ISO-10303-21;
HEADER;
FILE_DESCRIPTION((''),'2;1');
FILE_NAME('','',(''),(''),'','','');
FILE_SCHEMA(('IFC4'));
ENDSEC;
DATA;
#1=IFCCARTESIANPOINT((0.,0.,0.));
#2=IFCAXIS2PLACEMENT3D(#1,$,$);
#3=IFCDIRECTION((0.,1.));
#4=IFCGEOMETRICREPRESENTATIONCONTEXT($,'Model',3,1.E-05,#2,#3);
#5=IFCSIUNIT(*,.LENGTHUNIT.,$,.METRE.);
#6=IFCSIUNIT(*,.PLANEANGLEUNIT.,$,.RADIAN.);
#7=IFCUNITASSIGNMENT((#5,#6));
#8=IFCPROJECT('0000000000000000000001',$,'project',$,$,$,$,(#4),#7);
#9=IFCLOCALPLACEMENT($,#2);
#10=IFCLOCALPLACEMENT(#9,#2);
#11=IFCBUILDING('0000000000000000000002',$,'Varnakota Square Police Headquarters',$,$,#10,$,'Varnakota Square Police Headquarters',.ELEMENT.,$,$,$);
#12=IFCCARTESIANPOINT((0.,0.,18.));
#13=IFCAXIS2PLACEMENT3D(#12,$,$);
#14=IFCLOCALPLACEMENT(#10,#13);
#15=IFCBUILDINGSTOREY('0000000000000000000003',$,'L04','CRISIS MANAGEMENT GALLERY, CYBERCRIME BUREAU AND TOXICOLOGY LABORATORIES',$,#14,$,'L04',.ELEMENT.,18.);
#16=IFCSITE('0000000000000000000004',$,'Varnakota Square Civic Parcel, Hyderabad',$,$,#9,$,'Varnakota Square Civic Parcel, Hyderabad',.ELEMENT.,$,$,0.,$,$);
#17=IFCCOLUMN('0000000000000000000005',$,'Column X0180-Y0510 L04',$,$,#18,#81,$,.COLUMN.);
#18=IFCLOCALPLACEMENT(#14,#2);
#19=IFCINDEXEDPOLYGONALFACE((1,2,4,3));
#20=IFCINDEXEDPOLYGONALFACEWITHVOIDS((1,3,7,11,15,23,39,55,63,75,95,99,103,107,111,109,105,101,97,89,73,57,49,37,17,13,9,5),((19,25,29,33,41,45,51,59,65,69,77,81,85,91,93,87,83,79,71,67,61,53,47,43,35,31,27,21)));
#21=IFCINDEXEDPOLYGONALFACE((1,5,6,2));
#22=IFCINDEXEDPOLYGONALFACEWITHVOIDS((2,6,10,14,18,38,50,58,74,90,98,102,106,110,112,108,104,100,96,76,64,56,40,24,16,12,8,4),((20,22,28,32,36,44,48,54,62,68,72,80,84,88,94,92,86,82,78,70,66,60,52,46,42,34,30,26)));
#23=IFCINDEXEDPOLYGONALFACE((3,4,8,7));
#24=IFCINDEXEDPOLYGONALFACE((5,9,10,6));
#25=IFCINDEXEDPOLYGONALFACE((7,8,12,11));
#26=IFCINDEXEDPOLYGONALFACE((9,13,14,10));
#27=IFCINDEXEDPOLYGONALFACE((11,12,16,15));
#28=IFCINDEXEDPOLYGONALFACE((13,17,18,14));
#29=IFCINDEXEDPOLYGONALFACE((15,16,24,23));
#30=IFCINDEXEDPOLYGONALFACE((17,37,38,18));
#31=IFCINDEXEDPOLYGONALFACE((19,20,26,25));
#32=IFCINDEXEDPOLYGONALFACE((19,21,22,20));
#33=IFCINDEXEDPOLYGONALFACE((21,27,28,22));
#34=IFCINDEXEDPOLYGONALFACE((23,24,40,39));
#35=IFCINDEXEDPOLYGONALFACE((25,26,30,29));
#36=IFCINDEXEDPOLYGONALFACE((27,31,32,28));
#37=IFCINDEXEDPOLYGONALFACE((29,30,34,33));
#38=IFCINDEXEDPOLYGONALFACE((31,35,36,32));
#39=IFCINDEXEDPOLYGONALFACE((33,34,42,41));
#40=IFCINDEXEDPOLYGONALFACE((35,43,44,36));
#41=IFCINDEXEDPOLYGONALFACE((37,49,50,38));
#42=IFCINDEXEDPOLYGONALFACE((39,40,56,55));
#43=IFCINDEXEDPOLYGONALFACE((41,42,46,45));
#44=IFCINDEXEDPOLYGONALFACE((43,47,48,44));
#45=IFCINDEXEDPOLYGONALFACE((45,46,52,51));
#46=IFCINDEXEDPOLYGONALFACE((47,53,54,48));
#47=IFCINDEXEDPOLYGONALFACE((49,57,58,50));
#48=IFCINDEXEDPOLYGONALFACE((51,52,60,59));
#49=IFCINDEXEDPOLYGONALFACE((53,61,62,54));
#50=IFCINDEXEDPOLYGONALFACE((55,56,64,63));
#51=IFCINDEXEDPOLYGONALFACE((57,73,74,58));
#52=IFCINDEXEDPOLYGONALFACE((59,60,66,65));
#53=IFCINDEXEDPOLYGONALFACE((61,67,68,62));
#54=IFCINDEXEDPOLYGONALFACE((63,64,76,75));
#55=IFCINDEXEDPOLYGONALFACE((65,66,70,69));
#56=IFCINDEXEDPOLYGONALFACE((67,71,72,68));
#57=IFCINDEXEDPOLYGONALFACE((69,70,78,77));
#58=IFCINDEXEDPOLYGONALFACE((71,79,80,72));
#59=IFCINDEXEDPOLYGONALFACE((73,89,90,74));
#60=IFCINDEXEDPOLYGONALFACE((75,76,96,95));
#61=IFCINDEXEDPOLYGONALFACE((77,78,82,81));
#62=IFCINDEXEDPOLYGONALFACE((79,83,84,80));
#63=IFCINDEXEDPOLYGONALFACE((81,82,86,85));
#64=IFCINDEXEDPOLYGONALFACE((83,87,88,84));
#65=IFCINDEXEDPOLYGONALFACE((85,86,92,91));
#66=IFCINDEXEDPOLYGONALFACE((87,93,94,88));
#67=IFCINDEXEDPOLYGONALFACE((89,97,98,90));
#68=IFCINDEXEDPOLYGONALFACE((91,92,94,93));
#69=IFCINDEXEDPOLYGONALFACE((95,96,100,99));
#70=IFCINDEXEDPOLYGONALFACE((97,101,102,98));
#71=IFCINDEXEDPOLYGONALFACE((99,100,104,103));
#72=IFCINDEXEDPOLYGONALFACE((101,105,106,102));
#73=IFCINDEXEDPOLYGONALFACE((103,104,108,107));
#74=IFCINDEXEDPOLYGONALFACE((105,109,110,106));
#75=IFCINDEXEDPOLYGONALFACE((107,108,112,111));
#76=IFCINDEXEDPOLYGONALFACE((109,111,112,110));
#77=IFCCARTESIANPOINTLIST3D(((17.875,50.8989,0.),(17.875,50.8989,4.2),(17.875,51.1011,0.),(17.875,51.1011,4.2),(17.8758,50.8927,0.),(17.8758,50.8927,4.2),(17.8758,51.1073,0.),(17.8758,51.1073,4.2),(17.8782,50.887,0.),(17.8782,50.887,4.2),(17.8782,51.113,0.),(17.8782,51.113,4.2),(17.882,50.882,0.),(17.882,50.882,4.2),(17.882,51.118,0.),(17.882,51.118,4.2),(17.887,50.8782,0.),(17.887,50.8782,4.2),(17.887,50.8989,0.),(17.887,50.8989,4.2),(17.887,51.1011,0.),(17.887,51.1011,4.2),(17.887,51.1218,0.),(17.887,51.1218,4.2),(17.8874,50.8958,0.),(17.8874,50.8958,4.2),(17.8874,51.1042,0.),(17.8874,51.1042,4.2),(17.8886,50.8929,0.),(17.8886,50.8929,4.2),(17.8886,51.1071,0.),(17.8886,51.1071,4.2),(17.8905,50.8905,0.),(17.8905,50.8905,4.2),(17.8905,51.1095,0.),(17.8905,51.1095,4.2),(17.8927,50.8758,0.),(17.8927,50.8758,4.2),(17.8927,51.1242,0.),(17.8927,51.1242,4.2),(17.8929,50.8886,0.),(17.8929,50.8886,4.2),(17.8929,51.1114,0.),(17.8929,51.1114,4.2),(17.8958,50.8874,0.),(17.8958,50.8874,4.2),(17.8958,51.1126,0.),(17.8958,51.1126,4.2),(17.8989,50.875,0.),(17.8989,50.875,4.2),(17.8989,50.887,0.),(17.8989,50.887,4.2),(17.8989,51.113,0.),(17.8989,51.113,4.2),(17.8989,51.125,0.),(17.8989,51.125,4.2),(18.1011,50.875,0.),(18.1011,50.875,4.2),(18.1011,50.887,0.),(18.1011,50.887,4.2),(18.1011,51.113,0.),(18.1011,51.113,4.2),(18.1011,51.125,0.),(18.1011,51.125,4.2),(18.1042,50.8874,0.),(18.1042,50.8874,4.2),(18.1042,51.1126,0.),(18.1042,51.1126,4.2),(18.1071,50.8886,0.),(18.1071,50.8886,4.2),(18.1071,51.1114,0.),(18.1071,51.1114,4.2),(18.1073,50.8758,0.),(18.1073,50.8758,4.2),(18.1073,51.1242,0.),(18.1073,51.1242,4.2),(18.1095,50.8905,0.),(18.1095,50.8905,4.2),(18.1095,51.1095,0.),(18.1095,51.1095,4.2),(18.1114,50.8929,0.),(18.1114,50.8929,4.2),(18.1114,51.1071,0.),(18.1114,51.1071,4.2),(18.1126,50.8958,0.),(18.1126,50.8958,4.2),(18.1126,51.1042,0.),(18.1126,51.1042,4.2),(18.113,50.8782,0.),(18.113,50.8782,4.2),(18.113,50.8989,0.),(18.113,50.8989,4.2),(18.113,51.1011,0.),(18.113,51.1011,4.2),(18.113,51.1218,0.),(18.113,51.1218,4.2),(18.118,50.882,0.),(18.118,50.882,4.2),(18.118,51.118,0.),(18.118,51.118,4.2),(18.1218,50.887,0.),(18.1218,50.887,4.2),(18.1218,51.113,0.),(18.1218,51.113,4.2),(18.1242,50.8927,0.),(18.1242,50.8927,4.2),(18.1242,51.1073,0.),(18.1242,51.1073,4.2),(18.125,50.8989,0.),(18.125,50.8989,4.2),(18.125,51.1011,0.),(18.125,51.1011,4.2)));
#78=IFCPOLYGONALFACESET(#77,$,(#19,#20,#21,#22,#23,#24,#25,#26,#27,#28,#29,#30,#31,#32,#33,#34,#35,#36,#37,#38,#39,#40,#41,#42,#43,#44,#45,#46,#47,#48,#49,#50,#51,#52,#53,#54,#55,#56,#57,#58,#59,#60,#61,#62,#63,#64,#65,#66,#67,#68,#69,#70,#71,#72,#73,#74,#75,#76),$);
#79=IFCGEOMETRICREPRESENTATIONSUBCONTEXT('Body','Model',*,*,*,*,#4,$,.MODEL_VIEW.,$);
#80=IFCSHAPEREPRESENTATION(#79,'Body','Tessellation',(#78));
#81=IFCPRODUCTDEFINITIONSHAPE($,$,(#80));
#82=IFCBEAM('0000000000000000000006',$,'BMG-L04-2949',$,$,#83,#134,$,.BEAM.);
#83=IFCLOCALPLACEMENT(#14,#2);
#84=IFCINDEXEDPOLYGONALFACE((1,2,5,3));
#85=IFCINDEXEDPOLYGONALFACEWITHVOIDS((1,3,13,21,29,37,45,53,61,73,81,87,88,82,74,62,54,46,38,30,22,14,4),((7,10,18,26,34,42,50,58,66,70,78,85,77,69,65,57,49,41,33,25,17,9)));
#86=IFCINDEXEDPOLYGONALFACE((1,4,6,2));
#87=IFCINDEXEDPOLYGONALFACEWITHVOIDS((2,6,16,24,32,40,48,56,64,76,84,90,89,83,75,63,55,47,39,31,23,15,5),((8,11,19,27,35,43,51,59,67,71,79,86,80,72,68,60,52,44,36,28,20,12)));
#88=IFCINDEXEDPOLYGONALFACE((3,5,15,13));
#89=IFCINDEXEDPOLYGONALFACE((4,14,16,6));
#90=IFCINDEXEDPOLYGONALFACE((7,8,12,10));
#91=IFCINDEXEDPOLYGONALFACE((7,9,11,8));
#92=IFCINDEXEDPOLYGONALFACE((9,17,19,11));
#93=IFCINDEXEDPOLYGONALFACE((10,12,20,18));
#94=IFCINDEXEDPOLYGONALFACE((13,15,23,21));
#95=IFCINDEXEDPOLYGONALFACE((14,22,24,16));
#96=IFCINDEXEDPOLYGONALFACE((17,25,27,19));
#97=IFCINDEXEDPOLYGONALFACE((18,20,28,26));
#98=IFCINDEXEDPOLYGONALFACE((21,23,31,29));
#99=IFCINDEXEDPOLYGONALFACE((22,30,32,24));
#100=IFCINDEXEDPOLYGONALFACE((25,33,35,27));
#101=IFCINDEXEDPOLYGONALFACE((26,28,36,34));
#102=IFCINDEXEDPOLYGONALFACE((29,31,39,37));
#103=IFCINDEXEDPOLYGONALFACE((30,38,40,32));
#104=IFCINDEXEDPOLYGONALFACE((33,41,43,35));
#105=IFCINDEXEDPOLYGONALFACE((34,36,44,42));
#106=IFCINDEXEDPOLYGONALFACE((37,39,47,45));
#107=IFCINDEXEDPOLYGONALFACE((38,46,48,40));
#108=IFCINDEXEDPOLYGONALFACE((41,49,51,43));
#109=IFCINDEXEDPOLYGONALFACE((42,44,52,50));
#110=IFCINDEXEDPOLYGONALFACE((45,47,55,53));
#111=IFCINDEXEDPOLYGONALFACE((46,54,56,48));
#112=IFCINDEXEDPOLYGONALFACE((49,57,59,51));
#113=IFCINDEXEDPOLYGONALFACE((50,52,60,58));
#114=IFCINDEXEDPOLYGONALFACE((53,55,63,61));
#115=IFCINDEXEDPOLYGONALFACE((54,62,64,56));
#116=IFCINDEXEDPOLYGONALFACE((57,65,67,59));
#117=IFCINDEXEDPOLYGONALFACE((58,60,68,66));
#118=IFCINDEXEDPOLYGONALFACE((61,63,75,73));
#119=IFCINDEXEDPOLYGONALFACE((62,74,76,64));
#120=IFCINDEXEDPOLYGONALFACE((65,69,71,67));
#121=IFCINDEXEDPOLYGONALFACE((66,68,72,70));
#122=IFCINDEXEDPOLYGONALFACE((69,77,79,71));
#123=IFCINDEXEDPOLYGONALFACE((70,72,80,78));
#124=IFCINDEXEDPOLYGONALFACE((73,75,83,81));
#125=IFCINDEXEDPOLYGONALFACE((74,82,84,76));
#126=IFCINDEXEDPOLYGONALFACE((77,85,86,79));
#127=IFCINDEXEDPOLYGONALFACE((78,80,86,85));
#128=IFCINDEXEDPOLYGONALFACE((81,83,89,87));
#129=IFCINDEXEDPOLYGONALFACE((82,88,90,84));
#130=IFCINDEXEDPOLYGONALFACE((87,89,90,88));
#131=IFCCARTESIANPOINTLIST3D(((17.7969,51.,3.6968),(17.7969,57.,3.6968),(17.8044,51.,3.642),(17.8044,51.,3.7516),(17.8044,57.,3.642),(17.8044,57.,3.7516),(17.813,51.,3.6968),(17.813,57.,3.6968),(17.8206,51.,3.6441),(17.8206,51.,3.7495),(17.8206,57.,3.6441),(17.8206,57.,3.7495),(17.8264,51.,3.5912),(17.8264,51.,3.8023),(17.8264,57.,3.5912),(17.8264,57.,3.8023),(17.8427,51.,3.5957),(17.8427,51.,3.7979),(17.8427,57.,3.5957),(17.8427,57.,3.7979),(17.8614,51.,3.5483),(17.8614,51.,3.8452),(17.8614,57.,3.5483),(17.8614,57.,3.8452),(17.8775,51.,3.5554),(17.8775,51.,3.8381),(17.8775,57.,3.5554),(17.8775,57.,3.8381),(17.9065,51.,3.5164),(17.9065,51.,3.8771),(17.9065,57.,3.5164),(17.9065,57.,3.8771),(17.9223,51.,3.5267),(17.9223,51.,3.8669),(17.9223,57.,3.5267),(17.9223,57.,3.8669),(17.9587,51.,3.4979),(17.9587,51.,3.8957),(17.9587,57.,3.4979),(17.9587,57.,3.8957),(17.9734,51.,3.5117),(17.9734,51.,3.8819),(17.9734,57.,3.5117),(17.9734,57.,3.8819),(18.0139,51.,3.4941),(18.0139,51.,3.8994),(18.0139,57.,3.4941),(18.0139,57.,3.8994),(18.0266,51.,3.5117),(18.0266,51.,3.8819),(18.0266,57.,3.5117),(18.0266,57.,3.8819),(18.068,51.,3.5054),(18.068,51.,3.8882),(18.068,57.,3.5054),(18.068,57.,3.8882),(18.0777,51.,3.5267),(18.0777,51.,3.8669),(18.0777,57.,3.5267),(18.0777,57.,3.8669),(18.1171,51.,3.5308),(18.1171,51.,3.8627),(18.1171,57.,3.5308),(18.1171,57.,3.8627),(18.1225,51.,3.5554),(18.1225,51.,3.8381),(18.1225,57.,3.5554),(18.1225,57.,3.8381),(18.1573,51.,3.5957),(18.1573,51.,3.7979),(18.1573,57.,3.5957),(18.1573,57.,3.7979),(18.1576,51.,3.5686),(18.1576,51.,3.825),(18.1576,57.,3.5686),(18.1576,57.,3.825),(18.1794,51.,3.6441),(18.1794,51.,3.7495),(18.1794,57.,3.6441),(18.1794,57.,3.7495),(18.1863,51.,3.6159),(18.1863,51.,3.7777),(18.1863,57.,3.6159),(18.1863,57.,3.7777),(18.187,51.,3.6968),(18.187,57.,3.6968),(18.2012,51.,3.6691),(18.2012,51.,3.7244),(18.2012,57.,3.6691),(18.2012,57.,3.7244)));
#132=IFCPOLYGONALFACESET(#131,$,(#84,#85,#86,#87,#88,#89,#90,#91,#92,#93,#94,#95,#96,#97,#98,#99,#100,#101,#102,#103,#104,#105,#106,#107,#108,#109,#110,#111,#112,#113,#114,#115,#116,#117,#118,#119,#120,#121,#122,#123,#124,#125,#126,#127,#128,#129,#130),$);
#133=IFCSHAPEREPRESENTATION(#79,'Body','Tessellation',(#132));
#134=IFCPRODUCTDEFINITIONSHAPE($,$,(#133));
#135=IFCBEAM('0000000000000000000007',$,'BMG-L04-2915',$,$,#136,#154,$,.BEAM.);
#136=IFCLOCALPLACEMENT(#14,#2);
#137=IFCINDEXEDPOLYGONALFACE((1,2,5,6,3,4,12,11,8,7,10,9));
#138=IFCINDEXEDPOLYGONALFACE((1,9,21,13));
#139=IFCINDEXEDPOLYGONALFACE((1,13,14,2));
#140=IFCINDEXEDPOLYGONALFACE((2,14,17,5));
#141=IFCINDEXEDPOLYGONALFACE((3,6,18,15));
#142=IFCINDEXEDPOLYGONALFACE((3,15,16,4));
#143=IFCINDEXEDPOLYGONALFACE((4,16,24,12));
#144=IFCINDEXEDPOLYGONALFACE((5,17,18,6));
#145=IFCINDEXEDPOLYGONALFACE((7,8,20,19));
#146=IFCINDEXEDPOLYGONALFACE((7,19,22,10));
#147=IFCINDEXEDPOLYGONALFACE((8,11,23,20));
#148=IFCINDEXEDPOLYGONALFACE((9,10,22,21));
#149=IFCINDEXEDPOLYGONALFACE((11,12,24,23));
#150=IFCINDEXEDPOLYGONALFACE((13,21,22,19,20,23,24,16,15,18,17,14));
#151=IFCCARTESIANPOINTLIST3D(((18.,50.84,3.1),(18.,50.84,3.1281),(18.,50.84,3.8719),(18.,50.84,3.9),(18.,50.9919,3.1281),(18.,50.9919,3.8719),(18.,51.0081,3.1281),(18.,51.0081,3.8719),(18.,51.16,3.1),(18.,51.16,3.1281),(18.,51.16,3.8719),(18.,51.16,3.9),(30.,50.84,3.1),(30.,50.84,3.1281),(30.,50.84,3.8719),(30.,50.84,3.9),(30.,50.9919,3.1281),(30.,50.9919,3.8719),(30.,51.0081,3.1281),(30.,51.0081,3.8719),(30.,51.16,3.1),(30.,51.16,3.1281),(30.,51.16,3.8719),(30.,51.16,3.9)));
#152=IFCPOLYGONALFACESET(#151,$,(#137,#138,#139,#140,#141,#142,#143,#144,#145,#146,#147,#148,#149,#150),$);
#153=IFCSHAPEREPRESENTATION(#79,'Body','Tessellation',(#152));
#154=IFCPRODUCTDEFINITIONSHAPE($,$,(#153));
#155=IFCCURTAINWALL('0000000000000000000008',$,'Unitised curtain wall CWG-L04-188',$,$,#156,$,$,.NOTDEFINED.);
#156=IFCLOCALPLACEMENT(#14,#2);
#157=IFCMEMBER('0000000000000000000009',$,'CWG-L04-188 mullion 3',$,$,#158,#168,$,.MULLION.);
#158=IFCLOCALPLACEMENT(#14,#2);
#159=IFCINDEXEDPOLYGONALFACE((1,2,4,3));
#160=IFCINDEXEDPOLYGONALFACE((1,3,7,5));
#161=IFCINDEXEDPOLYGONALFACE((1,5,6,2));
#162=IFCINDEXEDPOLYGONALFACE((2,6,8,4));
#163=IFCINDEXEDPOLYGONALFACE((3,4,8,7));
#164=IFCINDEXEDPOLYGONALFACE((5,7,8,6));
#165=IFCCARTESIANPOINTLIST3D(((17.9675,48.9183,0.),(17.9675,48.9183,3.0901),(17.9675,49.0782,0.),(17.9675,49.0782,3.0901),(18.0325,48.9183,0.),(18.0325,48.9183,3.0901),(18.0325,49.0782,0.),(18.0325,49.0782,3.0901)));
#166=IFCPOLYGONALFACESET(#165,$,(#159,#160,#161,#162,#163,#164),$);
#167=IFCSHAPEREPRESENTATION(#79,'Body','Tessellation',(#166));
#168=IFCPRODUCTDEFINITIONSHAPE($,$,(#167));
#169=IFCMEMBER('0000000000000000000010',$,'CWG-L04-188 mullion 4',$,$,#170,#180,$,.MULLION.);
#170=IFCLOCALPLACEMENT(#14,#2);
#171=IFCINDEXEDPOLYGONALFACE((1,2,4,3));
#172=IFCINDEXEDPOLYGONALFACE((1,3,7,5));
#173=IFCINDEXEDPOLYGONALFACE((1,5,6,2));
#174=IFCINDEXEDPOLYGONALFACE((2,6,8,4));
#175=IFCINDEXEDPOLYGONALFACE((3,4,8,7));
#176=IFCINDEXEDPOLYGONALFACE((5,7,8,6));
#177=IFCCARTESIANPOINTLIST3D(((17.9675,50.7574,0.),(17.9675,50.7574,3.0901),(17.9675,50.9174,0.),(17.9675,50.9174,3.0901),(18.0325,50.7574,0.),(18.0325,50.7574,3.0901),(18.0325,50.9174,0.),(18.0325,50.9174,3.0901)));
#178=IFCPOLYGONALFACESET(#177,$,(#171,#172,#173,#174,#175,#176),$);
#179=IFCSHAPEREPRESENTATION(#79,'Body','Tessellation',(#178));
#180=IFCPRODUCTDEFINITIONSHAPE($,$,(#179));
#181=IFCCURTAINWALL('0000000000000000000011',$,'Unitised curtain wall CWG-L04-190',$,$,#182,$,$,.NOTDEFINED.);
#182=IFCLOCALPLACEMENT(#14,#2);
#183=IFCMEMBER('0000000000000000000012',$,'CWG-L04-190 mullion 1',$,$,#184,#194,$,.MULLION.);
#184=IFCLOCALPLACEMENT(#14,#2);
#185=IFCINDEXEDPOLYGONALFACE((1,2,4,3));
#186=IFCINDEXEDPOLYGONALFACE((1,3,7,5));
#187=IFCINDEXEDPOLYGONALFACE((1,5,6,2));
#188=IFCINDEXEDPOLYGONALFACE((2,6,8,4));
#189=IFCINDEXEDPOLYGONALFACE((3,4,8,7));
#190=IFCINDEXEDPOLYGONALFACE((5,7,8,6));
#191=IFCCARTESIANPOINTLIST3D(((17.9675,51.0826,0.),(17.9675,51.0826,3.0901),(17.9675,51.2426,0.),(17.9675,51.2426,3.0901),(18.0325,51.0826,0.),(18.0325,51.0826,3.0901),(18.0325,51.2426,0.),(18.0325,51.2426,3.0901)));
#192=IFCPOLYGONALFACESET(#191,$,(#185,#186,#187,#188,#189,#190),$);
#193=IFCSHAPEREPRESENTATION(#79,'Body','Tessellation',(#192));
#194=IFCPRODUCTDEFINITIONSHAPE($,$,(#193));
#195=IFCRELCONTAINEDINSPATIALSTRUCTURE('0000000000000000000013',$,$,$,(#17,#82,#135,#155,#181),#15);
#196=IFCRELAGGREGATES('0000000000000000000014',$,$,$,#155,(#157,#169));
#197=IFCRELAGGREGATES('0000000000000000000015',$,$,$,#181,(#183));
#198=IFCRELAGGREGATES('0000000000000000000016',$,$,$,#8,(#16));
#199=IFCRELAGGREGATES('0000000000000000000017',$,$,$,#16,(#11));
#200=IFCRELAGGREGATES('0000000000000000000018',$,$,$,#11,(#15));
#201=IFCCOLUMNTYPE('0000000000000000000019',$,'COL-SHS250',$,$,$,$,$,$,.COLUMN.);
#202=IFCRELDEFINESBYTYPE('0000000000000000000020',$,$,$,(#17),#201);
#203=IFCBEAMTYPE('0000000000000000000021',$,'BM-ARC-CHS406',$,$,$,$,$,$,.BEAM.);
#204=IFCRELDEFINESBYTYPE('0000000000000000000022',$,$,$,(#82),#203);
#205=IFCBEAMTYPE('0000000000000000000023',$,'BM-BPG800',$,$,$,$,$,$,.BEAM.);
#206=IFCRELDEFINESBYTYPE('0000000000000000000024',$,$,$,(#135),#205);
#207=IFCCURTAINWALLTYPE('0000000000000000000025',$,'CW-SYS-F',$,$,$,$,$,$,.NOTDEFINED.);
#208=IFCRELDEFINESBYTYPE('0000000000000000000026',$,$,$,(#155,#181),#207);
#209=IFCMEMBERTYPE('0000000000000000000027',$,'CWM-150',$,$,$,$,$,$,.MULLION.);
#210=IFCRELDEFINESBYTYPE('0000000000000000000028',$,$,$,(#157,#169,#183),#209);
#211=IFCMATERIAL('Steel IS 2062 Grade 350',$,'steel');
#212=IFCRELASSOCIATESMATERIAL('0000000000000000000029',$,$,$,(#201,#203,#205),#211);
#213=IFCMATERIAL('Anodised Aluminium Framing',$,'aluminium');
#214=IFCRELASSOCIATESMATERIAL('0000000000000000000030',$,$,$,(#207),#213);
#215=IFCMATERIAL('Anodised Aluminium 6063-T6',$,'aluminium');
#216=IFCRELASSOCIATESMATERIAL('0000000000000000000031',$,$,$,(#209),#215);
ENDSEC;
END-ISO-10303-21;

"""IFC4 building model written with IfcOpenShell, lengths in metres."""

from ifc_helpers import new_model, si_unit, direction, frame, origin, origin_2d, place, context, subcontext, project, spatial, rectangle, hollow_rectangle, hollow_circle, i_section, extrude, material, material_profile, profile_set, type_object, element, aggregate, save


model = new_model("IFC4")

# Units and contexts
model_context = context("Model", 3, precision=1e-05, world=origin(), true_north=direction((0.0, 1.0)))
body_context = subcontext(model_context, "Body", "Model", "MODEL_VIEW")
ifc_project = project(units=[si_unit("LENGTHUNIT", "METRE"), si_unit("PLANEANGLEUNIT", "RADIAN")], contexts=[model_context])

# Site, building, storey
site_placement = place(None, origin())
site = spatial("IfcSite", under=ifc_project, at=site_placement, Name="Varnakota Square Civic Parcel, Hyderabad", LongName="Varnakota Square Civic Parcel, Hyderabad", CompositionType="ELEMENT", RefElevation=0.0)
building_placement = place(site_placement, origin())
building = spatial("IfcBuilding", under=site, at=building_placement, Name="Varnakota Square Police Headquarters", LongName="Varnakota Square Police Headquarters", CompositionType="ELEMENT")
storey_placement = place(building_placement, frame((0.0, 0.0, 18.0)))
storey = spatial("IfcBuildingStorey", under=building, at=storey_placement, Name="L04", Description="CRISIS MANAGEMENT GALLERY, CYBERCRIME BUREAU AND TOXICOLOGY LABORATORIES", LongName="L04", CompositionType="ELEMENT", Elevation=18.0)

# Column
ifc_material_1 = material(Name="Steel IS 2062 Grade 350", Category="steel")
ifc_material_profile_1 = material_profile(ifc_material_1, hollow_rectangle(XDim=0.25, YDim=0.25, WallThickness=0.012, InnerFilletRadius=0.012, OuterFilletRadius=0.0239, at=origin_2d()), Name="SHS 250x250x12")
ifc_profile_set_1 = profile_set([ifc_material_profile_1], Name="Steel IS 2062 Grade 350")
column_type = type_object("IfcColumnType", Name="COL-SHS250", PredefinedType="COLUMN", material=ifc_profile_set_1)
column_placement = place(storey_placement, frame((18.0, 51.0, 0.0), z_axis=(0.0, 0.0, 1.0), x_axis=(1.0, 0.0, 0.0)))
element("IfcColumn", 1, at=column_placement, inside=storey, type_object=column_type, Name="Column X0180-Y0510 L04", PredefinedType="COLUMN", context=body_context, shape_type="SweptSolid", body=[
    extrude(hollow_rectangle(XDim=0.25, YDim=0.25, WallThickness=0.012, InnerFilletRadius=0.012, OuterFilletRadius=0.0239, at=origin_2d()), origin(), (0.0, 0.0, 1.0), 4.2),
])

# Beams
ifc_material_profile_2 = material_profile(ifc_material_1, hollow_circle(Radius=0.2031, WallThickness=0.0161, at=origin_2d()), Name="CHS 406.4x16.0")
ifc_profile_set_2 = profile_set([ifc_material_profile_2], Name="Steel IS 2062 Grade 350")
beam_type_1 = type_object("IfcBeamType", Name="BM-ARC-CHS406", PredefinedType="BEAM", material=ifc_profile_set_2)
beam_1_placement = place(storey_placement, frame((18.0, 51.0, 3.6968), z_axis=(0.0, 1.0, 0.0), x_axis=(-1.0, 0.0, 0.0)))
element("IfcBeam", 2, at=beam_1_placement, inside=storey, type_object=beam_type_1, Name="BMG-L04-2949", PredefinedType="BEAM", context=body_context, shape_type="SweptSolid", body=[
    extrude(hollow_circle(Radius=0.2031, WallThickness=0.0161, at=origin_2d()), origin(), (0.0, 0.0, 1.0), 6.0),
])
ifc_material_profile_3 = material_profile(ifc_material_1, i_section(OverallWidth=0.3201, OverallDepth=0.8, WebThickness=0.0161, FlangeThickness=0.0281, at=origin_2d()), Name="BPG 800x320")
ifc_profile_set_3 = profile_set([ifc_material_profile_3], Name="Steel IS 2062 Grade 350")
beam_type_2 = type_object("IfcBeamType", Name="BM-BPG800", PredefinedType="BEAM", material=ifc_profile_set_3)
beam_2_placement = place(storey_placement, frame((18.0, 51.0, 3.5), z_axis=(1.0, 0.0, 0.0), x_axis=(0.0, 1.0, 0.0)))
element("IfcBeam", 3, at=beam_2_placement, inside=storey, type_object=beam_type_2, Name="BMG-L04-2915", PredefinedType="BEAM", context=body_context, shape_type="SweptSolid", body=[
    extrude(i_section(OverallWidth=0.3201, OverallDepth=0.8, WebThickness=0.0161, FlangeThickness=0.0281, at=origin_2d()), origin(), (0.0, 0.0, 1.0), 12.0),
])

# Curtain walls, members
ifc_material_2 = material(Name="Anodised Aluminium Framing", Category="aluminium")
curtain_wall_type = type_object("IfcCurtainWallType", Name="CW-SYS-F", PredefinedType="NOTDEFINED", material=ifc_material_2)
curtain_wall_1_placement = place(storey_placement, origin())
curtain_wall_1 = element("IfcCurtainWall", 4, at=curtain_wall_1_placement, inside=storey, type_object=curtain_wall_type, Name="Unitised curtain wall CWG-L04-188", PredefinedType="NOTDEFINED")
ifc_material_3 = material(Name="Anodised Aluminium 6063-T6", Category="aluminium")
ifc_material_profile_4 = material_profile(ifc_material_3, rectangle(XDim=0.0649, YDim=0.1599, at=origin_2d()), Name="ALU MULLION 65x160")
ifc_profile_set_4 = profile_set([ifc_material_profile_4], Name="Anodised Aluminium 6063-T6")
member_type_1 = type_object("IfcMemberType", Name="CWM-150", PredefinedType="MULLION", material=ifc_profile_set_4)
member_1_placement = place(storey_placement, frame((18.0, 48.9983, 0.0), z_axis=(0.0, 0.0, 1.0), x_axis=(-1.0, 0.0, 0.0)))
member_1 = element("IfcMember", 5, at=member_1_placement, type_object=member_type_1, Name="CWG-L04-188 mullion 3", PredefinedType="MULLION", context=body_context, shape_type="SweptSolid", body=[
    extrude(rectangle(XDim=0.0649, YDim=0.1599, at=origin_2d()), origin(), (0.0, 0.0, 1.0), 3.0901),
])
member_2_placement = place(storey_placement, frame((18.0, 50.8374, 0.0), z_axis=(0.0, 0.0, 1.0), x_axis=(-1.0, 0.0, 0.0)))
member_2 = element("IfcMember", 6, at=member_2_placement, type_object=member_type_1, Name="CWG-L04-188 mullion 4", PredefinedType="MULLION", context=body_context, shape_type="SweptSolid", body=[
    extrude(rectangle(XDim=0.0649, YDim=0.1599, at=origin_2d()), origin(), (0.0, 0.0, 1.0), 3.0901),
])
curtain_wall_2_placement = place(storey_placement, origin())
curtain_wall_2 = element("IfcCurtainWall", 7, at=curtain_wall_2_placement, inside=storey, type_object=curtain_wall_type, Name="Unitised curtain wall CWG-L04-190", PredefinedType="NOTDEFINED")
member_3_placement = place(storey_placement, frame((18.0, 51.1626, 0.0), z_axis=(0.0, 0.0, 1.0), x_axis=(-1.0, 0.0, 0.0)))
member_3 = element("IfcMember", 8, at=member_3_placement, type_object=member_type_1, Name="CWG-L04-190 mullion 1", PredefinedType="MULLION", context=body_context, shape_type="SweptSolid", body=[
    extrude(rectangle(XDim=0.0649, YDim=0.1599, at=origin_2d()), origin(), (0.0, 0.0, 1.0), 3.0901),
])

aggregate(curtain_wall_1, [member_1, member_2])
aggregate(curtain_wall_2, [member_3])

save(model, "model.ifc")
